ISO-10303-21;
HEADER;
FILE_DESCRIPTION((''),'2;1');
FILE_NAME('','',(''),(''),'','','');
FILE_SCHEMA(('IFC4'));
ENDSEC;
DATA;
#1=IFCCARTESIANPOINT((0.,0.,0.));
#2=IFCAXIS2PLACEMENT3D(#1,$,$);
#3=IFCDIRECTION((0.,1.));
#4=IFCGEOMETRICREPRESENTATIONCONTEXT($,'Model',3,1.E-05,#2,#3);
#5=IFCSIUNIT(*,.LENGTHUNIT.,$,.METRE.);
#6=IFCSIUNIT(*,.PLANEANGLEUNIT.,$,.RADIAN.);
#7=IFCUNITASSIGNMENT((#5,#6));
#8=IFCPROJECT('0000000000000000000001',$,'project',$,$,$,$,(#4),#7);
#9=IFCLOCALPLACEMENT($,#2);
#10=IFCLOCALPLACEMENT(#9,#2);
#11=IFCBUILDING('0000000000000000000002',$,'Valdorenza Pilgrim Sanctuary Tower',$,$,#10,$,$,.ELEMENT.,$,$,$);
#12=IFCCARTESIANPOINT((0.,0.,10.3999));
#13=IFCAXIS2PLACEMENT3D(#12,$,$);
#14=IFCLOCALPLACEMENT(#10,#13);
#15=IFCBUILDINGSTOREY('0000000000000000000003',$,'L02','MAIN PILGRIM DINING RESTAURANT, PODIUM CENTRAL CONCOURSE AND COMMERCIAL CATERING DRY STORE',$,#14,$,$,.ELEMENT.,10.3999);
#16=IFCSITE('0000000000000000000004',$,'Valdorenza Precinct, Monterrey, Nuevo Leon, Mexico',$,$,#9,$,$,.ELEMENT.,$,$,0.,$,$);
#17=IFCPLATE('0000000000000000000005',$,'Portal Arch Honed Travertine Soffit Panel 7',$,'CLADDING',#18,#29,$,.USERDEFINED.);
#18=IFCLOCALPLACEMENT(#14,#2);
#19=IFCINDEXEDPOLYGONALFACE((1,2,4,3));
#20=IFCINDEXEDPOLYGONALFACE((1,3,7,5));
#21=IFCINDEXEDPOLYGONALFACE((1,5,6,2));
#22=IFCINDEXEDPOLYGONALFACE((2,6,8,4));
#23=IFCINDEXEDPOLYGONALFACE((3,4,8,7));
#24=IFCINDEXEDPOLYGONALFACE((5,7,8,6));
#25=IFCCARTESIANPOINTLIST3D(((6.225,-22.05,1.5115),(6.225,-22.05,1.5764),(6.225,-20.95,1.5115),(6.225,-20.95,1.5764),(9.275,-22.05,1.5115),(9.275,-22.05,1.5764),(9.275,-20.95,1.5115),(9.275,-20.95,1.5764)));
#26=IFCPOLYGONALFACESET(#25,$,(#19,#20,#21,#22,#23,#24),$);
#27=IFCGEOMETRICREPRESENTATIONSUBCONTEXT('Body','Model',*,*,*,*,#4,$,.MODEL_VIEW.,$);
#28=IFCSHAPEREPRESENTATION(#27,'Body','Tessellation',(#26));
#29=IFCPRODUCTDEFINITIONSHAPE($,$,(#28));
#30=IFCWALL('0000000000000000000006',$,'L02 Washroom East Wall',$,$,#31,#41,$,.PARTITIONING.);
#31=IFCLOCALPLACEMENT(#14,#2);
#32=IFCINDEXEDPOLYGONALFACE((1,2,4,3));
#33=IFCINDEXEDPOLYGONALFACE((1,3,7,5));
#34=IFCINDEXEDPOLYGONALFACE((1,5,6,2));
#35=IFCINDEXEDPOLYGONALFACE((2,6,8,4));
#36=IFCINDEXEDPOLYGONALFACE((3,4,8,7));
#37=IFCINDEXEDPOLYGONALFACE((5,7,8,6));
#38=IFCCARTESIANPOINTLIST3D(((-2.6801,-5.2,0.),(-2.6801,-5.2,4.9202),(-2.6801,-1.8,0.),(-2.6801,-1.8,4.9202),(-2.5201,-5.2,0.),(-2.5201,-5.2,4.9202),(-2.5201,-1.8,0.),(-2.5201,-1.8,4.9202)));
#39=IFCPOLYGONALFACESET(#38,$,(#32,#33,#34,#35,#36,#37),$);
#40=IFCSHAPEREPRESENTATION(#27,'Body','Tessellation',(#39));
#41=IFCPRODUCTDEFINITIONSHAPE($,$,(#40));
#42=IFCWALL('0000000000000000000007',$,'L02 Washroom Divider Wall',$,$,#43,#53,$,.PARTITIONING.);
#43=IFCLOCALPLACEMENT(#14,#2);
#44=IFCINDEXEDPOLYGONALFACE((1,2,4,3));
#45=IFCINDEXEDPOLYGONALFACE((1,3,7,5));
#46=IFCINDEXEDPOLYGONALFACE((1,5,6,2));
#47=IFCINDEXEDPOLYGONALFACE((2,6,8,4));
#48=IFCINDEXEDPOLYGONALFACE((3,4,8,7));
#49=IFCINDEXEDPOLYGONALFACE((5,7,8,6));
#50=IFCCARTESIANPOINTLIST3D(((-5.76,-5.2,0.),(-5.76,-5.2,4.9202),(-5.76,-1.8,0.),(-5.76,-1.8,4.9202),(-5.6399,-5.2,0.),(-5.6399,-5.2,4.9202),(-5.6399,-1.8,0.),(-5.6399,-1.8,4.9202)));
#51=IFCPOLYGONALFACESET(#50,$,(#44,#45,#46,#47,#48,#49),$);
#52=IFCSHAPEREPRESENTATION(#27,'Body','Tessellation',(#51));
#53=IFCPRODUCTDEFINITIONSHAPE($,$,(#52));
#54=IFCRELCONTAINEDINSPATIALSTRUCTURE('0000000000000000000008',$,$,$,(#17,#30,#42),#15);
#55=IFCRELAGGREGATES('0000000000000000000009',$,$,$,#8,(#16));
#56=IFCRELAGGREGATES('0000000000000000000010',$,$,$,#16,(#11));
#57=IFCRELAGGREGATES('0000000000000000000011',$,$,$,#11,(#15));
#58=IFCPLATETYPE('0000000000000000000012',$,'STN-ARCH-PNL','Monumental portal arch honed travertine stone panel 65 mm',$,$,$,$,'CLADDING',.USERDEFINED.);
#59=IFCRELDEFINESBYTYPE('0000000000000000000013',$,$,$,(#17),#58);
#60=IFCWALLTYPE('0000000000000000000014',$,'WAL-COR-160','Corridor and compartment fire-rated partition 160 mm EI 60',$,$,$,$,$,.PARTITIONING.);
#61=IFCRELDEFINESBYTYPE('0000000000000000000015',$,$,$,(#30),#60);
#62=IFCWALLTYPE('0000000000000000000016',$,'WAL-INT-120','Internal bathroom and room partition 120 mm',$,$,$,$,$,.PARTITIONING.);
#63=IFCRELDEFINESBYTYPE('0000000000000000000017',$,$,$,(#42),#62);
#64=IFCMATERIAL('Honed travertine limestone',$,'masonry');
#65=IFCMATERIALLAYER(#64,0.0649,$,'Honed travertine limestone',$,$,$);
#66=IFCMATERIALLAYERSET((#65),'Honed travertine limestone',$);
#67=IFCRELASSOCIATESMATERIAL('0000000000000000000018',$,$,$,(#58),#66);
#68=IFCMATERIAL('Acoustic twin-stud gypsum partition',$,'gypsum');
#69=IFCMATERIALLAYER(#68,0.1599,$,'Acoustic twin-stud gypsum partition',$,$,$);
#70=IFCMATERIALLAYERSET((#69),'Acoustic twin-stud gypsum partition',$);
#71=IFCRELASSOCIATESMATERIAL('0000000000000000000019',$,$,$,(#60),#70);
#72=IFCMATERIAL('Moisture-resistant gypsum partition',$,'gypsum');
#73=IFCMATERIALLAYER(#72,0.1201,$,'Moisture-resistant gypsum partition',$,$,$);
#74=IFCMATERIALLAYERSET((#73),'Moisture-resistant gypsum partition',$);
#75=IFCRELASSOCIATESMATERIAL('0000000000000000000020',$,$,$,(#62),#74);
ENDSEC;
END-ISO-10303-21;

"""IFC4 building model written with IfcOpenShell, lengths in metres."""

from ifc_helpers import new_model, si_unit, direction, frame, frame_2d, origin, origin_2d, place, context, subcontext, project, spatial, rectangle, extrude, source, transform, mapped, material, layer, layer_set, type_object, element, save


model = new_model("IFC4")

# Units and contexts
model_context = context("Model", 3, precision=1e-05, world=origin(), true_north=direction((0.0, 1.0)))
body_context = subcontext(model_context, "Body", "Model", "MODEL_VIEW")
ifc_project = project(units=[si_unit("LENGTHUNIT", "METRE"), si_unit("PLANEANGLEUNIT", "RADIAN")], contexts=[model_context])

# Site, building, storey
site_placement = place(None, origin())
site = spatial("IfcSite", under=ifc_project, at=site_placement, Name="Valdorenza Precinct, Monterrey, Nuevo Leon, Mexico", CompositionType="ELEMENT", RefElevation=0.0)
building_placement = place(site_placement, origin())
building = spatial("IfcBuilding", under=site, at=building_placement, Name="Valdorenza Pilgrim Sanctuary Tower", CompositionType="ELEMENT")
storey_placement = place(building_placement, frame((0.0, 0.0, 10.3999)))
storey = spatial("IfcBuildingStorey", under=building, at=storey_placement, Name="L02", Description="MAIN PILGRIM DINING RESTAURANT, PODIUM CENTRAL CONCOURSE AND COMMERCIAL CATERING DRY STORE", CompositionType="ELEMENT", Elevation=10.3999)

# Plate
ifc_material_1 = material(Name="Honed travertine limestone", Category="masonry")
ifc_layer_1 = layer(ifc_material_1, 0.0649, Name="Honed travertine limestone")
ifc_layer_set_1 = layer_set([ifc_layer_1], Name="Honed travertine limestone")
plate_type_1 = type_object("IfcPlateType", Name="STN-ARCH-PNL", Description="Monumental portal arch honed travertine stone panel 65 mm", ElementType="CLADDING", PredefinedType="USERDEFINED", material=ifc_layer_set_1)
shared_shape_1 = source(origin(), body_context, "Body", "SweptSolid", [
    extrude(rectangle(XDim=3.05, YDim=1.1001, at=origin_2d()), origin(), (0.0, 0.0, 1.0), 0.0649),
])
plate_1_placement = place(storey_placement, frame((7.75, -21.5, 1.5115), z_axis=(0.0, 0.0, 1.0), x_axis=(1.0, 0.0, 0.0)))
element("IfcPlate", 1, at=plate_1_placement, inside=storey, type_object=plate_type_1, Name="Portal Arch Honed Travertine Soffit Panel 7", ObjectType="CLADDING", PredefinedType="USERDEFINED", context=body_context, shape_type="MappedRepresentation", body=[
    mapped(shared_shape_1, transform((0.0, 0.0, 0.0), x_axis=(1.0, 0.0, 0.0), y_axis=(0.0, 1.0, 0.0), z_axis=(0.0, 0.0, 1.0), scale=1.0)),
])

# Walls
ifc_material_2 = material(Name="Acoustic twin-stud gypsum partition", Category="gypsum")
ifc_layer_2 = layer(ifc_material_2, 0.1599, Name="Acoustic twin-stud gypsum partition")
ifc_layer_set_2 = layer_set([ifc_layer_2], Name="Acoustic twin-stud gypsum partition")
wall_type_1 = type_object("IfcWallType", Name="WAL-COR-160", Description="Corridor and compartment fire-rated partition 160 mm EI 60", PredefinedType="PARTITIONING", material=ifc_layer_set_2)
wall_1_placement = place(storey_placement, frame((-2.6001, -5.2, 0.0), z_axis=(0.0, 0.0, 1.0), x_axis=(0.0, 1.0, 0.0)))
element("IfcWall", 2, at=wall_1_placement, inside=storey, type_object=wall_type_1, Name="L02 Washroom East Wall", PredefinedType="PARTITIONING", context=body_context, shape_type="SweptSolid", body=[
    extrude(rectangle(XDim=3.3999, YDim=0.1599, at=frame_2d((1.7, 0.0))), origin(), (0.0, 0.0, 1.0), 4.9202),
])
ifc_material_3 = material(Name="Moisture-resistant gypsum partition", Category="gypsum")
ifc_layer_3 = layer(ifc_material_3, 0.1201, Name="Moisture-resistant gypsum partition")
ifc_layer_set_3 = layer_set([ifc_layer_3], Name="Moisture-resistant gypsum partition")
wall_type_2 = type_object("IfcWallType", Name="WAL-INT-120", Description="Internal bathroom and room partition 120 mm", PredefinedType="PARTITIONING", material=ifc_layer_set_3)
wall_2_placement = place(storey_placement, frame((-5.7, -5.2, 0.0), z_axis=(0.0, 0.0, 1.0), x_axis=(0.0, 1.0, 0.0)))
element("IfcWall", 3, at=wall_2_placement, inside=storey, type_object=wall_type_2, Name="L02 Washroom Divider Wall", PredefinedType="PARTITIONING", context=body_context, shape_type="SweptSolid", body=[
    extrude(rectangle(XDim=3.3999, YDim=0.1201, at=frame_2d((1.7, 0.0))), origin(), (0.0, 0.0, 1.0), 4.9202),
])

save(model, "model.ifc")
